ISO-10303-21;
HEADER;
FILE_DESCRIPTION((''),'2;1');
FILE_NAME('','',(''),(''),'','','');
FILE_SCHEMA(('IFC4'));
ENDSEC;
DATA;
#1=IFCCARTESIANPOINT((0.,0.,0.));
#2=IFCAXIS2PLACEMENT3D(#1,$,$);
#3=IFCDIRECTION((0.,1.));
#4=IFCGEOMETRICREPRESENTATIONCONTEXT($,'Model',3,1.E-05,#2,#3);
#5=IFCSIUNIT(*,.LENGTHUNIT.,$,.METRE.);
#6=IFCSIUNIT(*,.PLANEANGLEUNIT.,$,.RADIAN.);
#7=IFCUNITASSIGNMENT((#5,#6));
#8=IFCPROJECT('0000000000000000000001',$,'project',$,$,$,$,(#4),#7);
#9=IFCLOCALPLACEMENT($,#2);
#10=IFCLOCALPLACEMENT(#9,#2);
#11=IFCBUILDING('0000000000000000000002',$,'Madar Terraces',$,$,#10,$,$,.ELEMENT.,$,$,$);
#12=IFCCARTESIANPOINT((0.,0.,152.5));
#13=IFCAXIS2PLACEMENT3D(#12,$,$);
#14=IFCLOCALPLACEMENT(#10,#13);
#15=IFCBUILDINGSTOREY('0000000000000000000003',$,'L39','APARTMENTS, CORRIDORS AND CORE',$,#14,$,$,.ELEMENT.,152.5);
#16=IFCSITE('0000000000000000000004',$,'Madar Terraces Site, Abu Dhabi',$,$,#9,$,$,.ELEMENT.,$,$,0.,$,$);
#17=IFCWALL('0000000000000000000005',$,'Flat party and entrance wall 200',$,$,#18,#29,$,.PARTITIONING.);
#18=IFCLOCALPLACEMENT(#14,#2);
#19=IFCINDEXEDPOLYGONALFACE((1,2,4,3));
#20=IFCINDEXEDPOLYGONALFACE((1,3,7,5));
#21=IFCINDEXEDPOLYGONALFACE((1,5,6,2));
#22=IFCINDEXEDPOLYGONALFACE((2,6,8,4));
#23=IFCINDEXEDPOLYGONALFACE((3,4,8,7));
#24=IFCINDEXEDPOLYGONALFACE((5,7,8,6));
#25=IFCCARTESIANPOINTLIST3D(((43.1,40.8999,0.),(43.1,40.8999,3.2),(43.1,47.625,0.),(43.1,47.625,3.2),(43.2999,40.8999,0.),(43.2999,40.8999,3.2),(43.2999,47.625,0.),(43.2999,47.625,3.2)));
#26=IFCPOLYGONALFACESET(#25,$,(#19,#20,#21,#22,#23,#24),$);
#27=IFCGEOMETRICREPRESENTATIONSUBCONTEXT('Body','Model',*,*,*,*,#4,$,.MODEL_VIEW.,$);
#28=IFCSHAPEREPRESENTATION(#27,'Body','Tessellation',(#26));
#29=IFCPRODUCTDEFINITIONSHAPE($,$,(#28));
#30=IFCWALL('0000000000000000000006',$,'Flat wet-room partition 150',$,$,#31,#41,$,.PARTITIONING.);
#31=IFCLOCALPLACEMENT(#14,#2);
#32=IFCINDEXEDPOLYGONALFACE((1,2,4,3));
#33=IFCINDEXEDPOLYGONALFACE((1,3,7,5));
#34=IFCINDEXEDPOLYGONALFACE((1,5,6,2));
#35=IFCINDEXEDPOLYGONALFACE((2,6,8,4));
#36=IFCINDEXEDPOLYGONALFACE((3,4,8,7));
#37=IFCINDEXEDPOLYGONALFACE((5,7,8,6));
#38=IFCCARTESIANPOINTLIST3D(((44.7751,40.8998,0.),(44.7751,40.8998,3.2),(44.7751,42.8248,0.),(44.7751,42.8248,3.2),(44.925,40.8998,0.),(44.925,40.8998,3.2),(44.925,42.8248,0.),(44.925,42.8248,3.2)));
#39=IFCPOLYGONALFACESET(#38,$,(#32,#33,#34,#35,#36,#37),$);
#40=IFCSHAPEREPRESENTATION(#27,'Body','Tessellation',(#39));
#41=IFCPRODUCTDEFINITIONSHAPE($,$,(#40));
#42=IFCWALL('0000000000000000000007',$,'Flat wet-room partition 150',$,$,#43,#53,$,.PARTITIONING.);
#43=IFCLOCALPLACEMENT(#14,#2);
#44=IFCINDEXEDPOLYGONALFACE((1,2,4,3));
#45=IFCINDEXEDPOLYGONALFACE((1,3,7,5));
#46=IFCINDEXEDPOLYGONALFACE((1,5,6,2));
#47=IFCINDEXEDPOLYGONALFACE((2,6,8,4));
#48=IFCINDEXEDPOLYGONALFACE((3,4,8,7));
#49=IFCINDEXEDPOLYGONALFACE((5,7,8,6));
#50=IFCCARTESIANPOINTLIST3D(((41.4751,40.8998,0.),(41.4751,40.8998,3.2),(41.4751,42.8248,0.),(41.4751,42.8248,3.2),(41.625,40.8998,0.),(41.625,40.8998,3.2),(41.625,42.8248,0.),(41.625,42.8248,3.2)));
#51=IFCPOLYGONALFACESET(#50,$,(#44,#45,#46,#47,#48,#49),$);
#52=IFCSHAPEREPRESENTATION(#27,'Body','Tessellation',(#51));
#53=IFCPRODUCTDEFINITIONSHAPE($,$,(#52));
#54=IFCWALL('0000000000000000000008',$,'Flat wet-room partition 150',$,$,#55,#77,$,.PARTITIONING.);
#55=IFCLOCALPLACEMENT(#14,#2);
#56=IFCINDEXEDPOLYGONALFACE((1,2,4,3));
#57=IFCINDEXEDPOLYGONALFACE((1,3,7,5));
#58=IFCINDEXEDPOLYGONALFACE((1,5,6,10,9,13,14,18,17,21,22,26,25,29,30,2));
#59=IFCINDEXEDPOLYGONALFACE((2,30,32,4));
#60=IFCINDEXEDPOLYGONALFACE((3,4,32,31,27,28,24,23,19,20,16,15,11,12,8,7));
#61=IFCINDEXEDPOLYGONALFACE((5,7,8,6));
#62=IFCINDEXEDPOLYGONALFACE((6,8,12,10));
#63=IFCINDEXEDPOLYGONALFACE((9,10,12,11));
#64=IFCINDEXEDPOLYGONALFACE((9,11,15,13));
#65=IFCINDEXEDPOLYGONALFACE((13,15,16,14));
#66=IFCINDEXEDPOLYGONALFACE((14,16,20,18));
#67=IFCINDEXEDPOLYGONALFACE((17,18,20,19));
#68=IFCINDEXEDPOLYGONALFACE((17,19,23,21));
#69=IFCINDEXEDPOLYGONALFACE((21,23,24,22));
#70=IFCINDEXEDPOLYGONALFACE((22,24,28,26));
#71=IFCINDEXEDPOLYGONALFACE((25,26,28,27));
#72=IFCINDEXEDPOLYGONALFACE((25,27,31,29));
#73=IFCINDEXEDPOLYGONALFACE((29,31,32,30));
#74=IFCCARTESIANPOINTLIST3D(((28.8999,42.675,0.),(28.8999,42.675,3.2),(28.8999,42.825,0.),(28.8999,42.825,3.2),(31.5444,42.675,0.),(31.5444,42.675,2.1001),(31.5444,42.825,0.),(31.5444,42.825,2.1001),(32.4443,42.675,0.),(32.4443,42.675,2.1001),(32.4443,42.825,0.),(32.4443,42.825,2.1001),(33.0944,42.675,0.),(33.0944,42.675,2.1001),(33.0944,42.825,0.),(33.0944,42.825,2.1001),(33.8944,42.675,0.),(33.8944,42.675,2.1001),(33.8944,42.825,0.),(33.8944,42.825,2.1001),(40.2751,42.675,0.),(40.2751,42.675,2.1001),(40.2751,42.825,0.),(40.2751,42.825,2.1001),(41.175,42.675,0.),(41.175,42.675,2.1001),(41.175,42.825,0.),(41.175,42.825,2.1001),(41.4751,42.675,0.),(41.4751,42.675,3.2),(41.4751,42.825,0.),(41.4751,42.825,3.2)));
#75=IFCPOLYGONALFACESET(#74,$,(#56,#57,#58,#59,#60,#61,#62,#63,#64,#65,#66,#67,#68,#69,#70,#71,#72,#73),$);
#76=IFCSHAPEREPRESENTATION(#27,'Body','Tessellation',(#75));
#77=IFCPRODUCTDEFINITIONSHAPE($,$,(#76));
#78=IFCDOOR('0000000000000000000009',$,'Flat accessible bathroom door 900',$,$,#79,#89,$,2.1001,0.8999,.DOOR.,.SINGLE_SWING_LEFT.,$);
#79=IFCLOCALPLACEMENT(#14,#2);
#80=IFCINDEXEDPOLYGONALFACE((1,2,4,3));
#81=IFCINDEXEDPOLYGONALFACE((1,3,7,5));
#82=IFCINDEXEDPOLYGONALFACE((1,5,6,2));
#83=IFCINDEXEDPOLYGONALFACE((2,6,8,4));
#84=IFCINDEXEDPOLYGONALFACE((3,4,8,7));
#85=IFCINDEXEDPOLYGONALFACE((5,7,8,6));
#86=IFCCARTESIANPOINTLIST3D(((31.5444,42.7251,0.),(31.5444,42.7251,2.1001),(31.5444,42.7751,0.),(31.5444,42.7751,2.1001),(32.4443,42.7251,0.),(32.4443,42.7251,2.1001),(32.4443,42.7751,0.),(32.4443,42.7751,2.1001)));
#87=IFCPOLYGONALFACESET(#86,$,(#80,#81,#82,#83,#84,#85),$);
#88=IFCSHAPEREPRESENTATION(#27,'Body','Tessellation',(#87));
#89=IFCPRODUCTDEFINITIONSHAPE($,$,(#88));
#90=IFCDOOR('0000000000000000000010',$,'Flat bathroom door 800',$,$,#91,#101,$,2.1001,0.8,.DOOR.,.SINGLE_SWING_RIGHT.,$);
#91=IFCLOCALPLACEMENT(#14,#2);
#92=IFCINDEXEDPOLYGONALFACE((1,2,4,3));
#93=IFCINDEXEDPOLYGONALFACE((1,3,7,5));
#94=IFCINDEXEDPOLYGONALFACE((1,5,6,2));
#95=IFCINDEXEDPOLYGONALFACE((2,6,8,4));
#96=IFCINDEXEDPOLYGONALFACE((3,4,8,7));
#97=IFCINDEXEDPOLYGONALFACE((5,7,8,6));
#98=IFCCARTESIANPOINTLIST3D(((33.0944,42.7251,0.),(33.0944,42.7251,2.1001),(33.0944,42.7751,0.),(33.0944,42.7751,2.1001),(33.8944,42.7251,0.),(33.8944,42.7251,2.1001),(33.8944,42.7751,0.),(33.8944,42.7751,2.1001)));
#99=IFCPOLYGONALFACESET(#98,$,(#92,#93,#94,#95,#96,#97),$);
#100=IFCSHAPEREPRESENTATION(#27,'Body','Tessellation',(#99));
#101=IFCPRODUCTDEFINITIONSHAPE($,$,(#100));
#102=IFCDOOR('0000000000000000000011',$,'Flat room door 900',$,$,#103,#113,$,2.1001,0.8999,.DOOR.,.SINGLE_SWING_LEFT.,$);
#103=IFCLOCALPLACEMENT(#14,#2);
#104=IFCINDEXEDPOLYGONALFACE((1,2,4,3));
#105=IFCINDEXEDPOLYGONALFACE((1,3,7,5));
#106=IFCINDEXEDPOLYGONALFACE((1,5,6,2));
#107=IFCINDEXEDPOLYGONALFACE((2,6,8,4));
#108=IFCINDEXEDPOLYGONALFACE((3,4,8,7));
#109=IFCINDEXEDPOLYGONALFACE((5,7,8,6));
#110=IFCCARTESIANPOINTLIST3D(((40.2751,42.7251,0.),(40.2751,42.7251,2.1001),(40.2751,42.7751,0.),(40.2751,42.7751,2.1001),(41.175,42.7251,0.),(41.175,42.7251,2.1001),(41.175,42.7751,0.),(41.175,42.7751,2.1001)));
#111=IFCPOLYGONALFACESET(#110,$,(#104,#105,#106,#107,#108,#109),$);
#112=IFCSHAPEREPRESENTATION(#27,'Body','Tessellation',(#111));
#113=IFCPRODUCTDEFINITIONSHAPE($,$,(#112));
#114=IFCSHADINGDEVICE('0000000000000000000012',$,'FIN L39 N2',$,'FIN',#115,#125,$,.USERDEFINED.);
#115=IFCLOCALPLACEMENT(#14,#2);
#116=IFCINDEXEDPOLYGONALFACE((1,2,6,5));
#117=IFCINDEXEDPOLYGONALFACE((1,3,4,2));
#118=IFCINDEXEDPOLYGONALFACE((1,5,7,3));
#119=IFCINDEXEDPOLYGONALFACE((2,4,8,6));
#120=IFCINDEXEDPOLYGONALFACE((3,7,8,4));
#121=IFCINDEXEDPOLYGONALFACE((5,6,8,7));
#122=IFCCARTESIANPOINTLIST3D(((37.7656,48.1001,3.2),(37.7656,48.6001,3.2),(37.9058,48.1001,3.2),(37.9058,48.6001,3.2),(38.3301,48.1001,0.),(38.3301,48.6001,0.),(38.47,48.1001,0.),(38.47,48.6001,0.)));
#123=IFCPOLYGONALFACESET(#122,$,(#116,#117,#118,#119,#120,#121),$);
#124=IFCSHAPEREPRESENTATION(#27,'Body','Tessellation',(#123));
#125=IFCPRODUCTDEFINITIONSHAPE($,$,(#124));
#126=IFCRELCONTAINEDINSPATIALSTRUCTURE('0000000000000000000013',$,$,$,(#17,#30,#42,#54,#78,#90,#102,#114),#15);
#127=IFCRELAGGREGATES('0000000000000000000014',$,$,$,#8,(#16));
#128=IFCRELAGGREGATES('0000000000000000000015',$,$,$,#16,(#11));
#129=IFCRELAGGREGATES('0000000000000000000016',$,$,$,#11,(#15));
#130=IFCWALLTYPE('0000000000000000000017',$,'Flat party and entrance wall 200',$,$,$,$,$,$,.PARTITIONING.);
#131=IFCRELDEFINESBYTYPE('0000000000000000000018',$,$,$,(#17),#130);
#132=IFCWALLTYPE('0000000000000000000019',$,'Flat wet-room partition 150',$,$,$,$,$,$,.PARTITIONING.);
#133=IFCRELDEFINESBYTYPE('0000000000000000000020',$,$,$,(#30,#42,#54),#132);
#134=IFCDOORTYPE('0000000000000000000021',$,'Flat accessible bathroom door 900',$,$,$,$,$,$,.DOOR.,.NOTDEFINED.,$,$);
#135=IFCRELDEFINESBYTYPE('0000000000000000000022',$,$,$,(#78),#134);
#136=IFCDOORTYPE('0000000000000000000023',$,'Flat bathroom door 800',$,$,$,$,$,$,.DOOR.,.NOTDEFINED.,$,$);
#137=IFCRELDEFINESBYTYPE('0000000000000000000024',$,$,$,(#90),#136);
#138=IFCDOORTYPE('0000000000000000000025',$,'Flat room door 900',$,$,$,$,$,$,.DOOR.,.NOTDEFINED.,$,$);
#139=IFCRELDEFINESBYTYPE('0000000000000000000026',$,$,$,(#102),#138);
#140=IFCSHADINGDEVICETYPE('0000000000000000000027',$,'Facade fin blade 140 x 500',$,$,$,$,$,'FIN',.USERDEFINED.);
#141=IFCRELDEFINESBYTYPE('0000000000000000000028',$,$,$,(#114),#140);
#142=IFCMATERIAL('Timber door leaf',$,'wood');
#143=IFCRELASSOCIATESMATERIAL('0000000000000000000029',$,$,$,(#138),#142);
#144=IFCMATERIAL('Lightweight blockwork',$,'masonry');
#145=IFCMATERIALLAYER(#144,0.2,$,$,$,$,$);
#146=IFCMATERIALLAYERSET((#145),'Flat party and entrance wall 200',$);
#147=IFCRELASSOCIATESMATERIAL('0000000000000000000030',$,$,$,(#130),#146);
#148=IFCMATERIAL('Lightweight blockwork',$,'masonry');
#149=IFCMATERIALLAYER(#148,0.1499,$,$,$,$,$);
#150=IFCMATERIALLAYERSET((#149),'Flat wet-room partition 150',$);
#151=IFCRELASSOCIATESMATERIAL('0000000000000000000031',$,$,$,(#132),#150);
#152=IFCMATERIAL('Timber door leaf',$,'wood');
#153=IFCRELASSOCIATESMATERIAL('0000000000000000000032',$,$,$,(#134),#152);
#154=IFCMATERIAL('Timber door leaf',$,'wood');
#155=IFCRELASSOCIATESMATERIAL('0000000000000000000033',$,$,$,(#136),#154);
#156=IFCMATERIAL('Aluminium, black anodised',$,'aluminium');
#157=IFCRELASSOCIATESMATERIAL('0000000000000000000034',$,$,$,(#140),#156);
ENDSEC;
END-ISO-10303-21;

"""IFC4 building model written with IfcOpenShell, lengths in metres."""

from ifc_helpers import new_model, si_unit, direction, frame, frame_2d, origin, place, context, subcontext, project, spatial, polyline, rectangle, outline, extrude, material, layer, layer_set, type_object, element, fill, save


model = new_model("IFC4")

# Units and contexts
model_context = context("Model", 3, precision=1e-05, world=origin(), true_north=direction((0.0, 1.0)))
body_context = subcontext(model_context, "Body", "Model", "MODEL_VIEW")
ifc_project = project(units=[si_unit("LENGTHUNIT", "METRE"), si_unit("PLANEANGLEUNIT", "RADIAN")], contexts=[model_context])

# Site, building, storey
site_placement = place(None, origin())
site = spatial("IfcSite", under=ifc_project, at=site_placement, Name="Madar Terraces Site, Abu Dhabi", CompositionType="ELEMENT", RefElevation=0.0)
building_placement = place(site_placement, origin())
building = spatial("IfcBuilding", under=site, at=building_placement, Name="Madar Terraces", CompositionType="ELEMENT")
storey_placement = place(building_placement, frame((0.0, 0.0, 152.5)))
storey = spatial("IfcBuildingStorey", under=building, at=storey_placement, Name="L39", Description="APARTMENTS, CORRIDORS AND CORE", CompositionType="ELEMENT", Elevation=152.5)

# Shared definitions
ifc_material_1 = material(Name="Timber door leaf", Category="wood")
door_type_1 = type_object("IfcDoorType", Name="Flat room door 900", OperationType="NOTDEFINED", PredefinedType="DOOR", material=ifc_material_1)

# Walls
ifc_material_2 = material(Name="Lightweight blockwork", Category="masonry")
ifc_layer_1 = layer(ifc_material_2, 0.2)
ifc_layer_set_1 = layer_set([ifc_layer_1], Name="Flat party and entrance wall 200")
wall_type_1 = type_object("IfcWallType", Name="Flat party and entrance wall 200", PredefinedType="PARTITIONING", material=ifc_layer_set_1)
wall_1_placement = place(storey_placement, frame((43.2, 47.625, 0.0), z_axis=(0.0, 0.0, 1.0), x_axis=(0.0, -1.0, 0.0)))
element("IfcWall", 1, at=wall_1_placement, inside=storey, type_object=wall_type_1, Name="Flat party and entrance wall 200", PredefinedType="PARTITIONING", context=body_context, shape_type="SweptSolid", body=[
    extrude(rectangle(XDim=6.7251, YDim=0.2, at=frame_2d((3.3625, 0.0))), origin(), (0.0, 0.0, 1.0), 3.2),
])
ifc_material_3 = material(Name="Lightweight blockwork", Category="masonry")
ifc_layer_2 = layer(ifc_material_3, 0.1499)
ifc_layer_set_2 = layer_set([ifc_layer_2], Name="Flat wet-room partition 150")
wall_type_2 = type_object("IfcWallType", Name="Flat wet-room partition 150", PredefinedType="PARTITIONING", material=ifc_layer_set_2)
for number, where, z_axis, x_axis, name in (
    (2, (44.8501, 40.8999, 0.0), (0.0, 0.0, 1.0), (0.0, 1.0, 0.0), "Flat wet-room partition 150"),
    (3, (41.55, 40.8999, 0.0), (0.0, 0.0, 1.0), (0.0, 1.0, 0.0), "Flat wet-room partition 150"),
):
    element("IfcWall", number, at=place(storey_placement, frame(where, z_axis=z_axis, x_axis=x_axis)), inside=storey, type_object=wall_type_2, Name=name, PredefinedType="PARTITIONING", context=body_context, shape_type="SweptSolid", body=[
        extrude(rectangle(XDim=1.925, YDim=0.1499, at=frame_2d((0.9624, 0.0))), origin(), (0.0, 0.0, 1.0), 3.2),
    ])

# Wall, openings, doors
wall_2_placement = place(storey_placement, frame((41.4751, 42.75, 0.0), z_axis=(0.0, 0.0, 1.0), x_axis=(-1.0, 0.0, 0.0)))
wall_2 = element("IfcWall", 4, at=wall_2_placement, inside=storey, type_object=wall_type_2, Name="Flat wet-room partition 150", PredefinedType="PARTITIONING", context=body_context, shape_type="SweptSolid", body=[
    extrude(rectangle(XDim=12.5752, YDim=0.1499, at=frame_2d((6.2876, 0.0))), origin(), (0.0, 0.0, 1.0), 3.2),
])
opening_1_placement = place(wall_2_placement, frame((0.3, 0.0, 0.0)))
opening_1 = element("IfcOpeningElement", 5, at=opening_1_placement, cuts=wall_2, PredefinedType="OPENING", context=body_context, shape_type="SweptSolid", body=[
    extrude(rectangle(XDim=0.8999, YDim=2.1001, at=frame_2d((0.45, 1.05))), frame((0.0, 0.085, 0.0), z_axis=(0.0, -1.0, 0.0), x_axis=(1.0, 0.0, 0.0)), (0.0, 0.0, 1.0), 0.1699),
])
opening_2_placement = place(wall_2_placement, frame((7.5808, 0.0, 0.0)))
opening_2 = element("IfcOpeningElement", 6, at=opening_2_placement, cuts=wall_2, PredefinedType="OPENING", context=body_context, shape_type="SweptSolid", body=[
    extrude(rectangle(XDim=0.8, YDim=2.1001, at=frame_2d((0.3999, 1.05))), frame((0.0, 0.085, 0.0), z_axis=(0.0, -1.0, 0.0), x_axis=(1.0, 0.0, 0.0)), (0.0, 0.0, 1.0), 0.1699),
])
opening_3_placement = place(wall_2_placement, frame((9.0308, 0.0, 0.0)))
opening_3 = element("IfcOpeningElement", 7, at=opening_3_placement, cuts=wall_2, PredefinedType="OPENING", context=body_context, shape_type="SweptSolid", body=[
    extrude(rectangle(XDim=0.8999, YDim=2.1001, at=frame_2d((0.45, 1.05))), frame((0.0, 0.085, 0.0), z_axis=(0.0, -1.0, 0.0), x_axis=(1.0, 0.0, 0.0)), (0.0, 0.0, 1.0), 0.1699),
])
ifc_material_4 = material(Name="Timber door leaf", Category="wood")
door_type_2 = type_object("IfcDoorType", Name="Flat accessible bathroom door 900", OperationType="NOTDEFINED", PredefinedType="DOOR", material=ifc_material_4)
door_1_placement = place(opening_3_placement, origin())
door_1 = element("IfcDoor", 8, at=door_1_placement, inside=storey, type_object=door_type_2, Name="Flat accessible bathroom door 900", OperationType="SINGLE_SWING_LEFT", OverallHeight=2.1001, OverallWidth=0.8999, PredefinedType="DOOR", context=body_context, shape_type="SweptSolid", body=[
    extrude(rectangle(XDim=0.8999, YDim=2.1001, at=frame_2d((0.45, 1.05))), frame((0.0, 0.0249, 0.0), z_axis=(0.0, -1.0, 0.0), x_axis=(1.0, 0.0, 0.0)), (0.0, 0.0, 1.0), 0.05),
])
fill(opening_3, door_1)
ifc_material_5 = material(Name="Timber door leaf", Category="wood")
door_type_3 = type_object("IfcDoorType", Name="Flat bathroom door 800", OperationType="NOTDEFINED", PredefinedType="DOOR", material=ifc_material_5)
door_2_placement = place(opening_2_placement, origin())
door_2 = element("IfcDoor", 9, at=door_2_placement, inside=storey, type_object=door_type_3, Name="Flat bathroom door 800", OperationType="SINGLE_SWING_RIGHT", OverallHeight=2.1001, OverallWidth=0.8, PredefinedType="DOOR", context=body_context, shape_type="SweptSolid", body=[
    extrude(rectangle(XDim=0.8, YDim=2.1001, at=frame_2d((0.3999, 1.05))), frame((0.0, 0.0249, 0.0), z_axis=(0.0, -1.0, 0.0), x_axis=(1.0, 0.0, 0.0)), (0.0, 0.0, 1.0), 0.05),
])
fill(opening_2, door_2)
door_3_placement = place(opening_1_placement, origin())
door_3 = element("IfcDoor", 10, at=door_3_placement, inside=storey, type_object=door_type_1, Name="Flat room door 900", OperationType="SINGLE_SWING_LEFT", OverallHeight=2.1001, OverallWidth=0.8999, PredefinedType="DOOR", context=body_context, shape_type="SweptSolid", body=[
    extrude(rectangle(XDim=0.8999, YDim=2.1001, at=frame_2d((0.45, 1.05))), frame((0.0, 0.0249, 0.0), z_axis=(0.0, -1.0, 0.0), x_axis=(1.0, 0.0, 0.0)), (0.0, 0.0, 1.0), 0.05),
])
fill(opening_1, door_3)

# Shading device
ifc_material_6 = material(Name="Aluminium, black anodised", Category="aluminium")
shading_device_type = type_object("IfcShadingDeviceType", Name="Facade fin blade 140 x 500", ElementType="FIN", PredefinedType="USERDEFINED", material=ifc_material_6)
shading_device_placement = place(storey_placement, frame((38.47, 48.3501, 0.0), z_axis=(0.0, 0.0, 1.0), x_axis=(-1.0, 0.0, 0.0)))
element("IfcShadingDevice", 11, at=shading_device_placement, inside=storey, type_object=shading_device_type, Name="FIN L39 N2", ObjectType="FIN", PredefinedType="USERDEFINED", context=body_context, shape_type="SweptSolid", body=[
    extrude(outline(polyline([(0.0, 0.0), (0.1399, 0.0), (0.7043, 3.2), (0.5642, 3.2), (0.0, 0.0)])), frame((0.0, 0.25, 0.0), z_axis=(0.0, -1.0, 0.0), x_axis=(1.0, 0.0, 0.0)), (0.0, 0.0, 1.0), 0.5),
])

save(model, "model.ifc")
